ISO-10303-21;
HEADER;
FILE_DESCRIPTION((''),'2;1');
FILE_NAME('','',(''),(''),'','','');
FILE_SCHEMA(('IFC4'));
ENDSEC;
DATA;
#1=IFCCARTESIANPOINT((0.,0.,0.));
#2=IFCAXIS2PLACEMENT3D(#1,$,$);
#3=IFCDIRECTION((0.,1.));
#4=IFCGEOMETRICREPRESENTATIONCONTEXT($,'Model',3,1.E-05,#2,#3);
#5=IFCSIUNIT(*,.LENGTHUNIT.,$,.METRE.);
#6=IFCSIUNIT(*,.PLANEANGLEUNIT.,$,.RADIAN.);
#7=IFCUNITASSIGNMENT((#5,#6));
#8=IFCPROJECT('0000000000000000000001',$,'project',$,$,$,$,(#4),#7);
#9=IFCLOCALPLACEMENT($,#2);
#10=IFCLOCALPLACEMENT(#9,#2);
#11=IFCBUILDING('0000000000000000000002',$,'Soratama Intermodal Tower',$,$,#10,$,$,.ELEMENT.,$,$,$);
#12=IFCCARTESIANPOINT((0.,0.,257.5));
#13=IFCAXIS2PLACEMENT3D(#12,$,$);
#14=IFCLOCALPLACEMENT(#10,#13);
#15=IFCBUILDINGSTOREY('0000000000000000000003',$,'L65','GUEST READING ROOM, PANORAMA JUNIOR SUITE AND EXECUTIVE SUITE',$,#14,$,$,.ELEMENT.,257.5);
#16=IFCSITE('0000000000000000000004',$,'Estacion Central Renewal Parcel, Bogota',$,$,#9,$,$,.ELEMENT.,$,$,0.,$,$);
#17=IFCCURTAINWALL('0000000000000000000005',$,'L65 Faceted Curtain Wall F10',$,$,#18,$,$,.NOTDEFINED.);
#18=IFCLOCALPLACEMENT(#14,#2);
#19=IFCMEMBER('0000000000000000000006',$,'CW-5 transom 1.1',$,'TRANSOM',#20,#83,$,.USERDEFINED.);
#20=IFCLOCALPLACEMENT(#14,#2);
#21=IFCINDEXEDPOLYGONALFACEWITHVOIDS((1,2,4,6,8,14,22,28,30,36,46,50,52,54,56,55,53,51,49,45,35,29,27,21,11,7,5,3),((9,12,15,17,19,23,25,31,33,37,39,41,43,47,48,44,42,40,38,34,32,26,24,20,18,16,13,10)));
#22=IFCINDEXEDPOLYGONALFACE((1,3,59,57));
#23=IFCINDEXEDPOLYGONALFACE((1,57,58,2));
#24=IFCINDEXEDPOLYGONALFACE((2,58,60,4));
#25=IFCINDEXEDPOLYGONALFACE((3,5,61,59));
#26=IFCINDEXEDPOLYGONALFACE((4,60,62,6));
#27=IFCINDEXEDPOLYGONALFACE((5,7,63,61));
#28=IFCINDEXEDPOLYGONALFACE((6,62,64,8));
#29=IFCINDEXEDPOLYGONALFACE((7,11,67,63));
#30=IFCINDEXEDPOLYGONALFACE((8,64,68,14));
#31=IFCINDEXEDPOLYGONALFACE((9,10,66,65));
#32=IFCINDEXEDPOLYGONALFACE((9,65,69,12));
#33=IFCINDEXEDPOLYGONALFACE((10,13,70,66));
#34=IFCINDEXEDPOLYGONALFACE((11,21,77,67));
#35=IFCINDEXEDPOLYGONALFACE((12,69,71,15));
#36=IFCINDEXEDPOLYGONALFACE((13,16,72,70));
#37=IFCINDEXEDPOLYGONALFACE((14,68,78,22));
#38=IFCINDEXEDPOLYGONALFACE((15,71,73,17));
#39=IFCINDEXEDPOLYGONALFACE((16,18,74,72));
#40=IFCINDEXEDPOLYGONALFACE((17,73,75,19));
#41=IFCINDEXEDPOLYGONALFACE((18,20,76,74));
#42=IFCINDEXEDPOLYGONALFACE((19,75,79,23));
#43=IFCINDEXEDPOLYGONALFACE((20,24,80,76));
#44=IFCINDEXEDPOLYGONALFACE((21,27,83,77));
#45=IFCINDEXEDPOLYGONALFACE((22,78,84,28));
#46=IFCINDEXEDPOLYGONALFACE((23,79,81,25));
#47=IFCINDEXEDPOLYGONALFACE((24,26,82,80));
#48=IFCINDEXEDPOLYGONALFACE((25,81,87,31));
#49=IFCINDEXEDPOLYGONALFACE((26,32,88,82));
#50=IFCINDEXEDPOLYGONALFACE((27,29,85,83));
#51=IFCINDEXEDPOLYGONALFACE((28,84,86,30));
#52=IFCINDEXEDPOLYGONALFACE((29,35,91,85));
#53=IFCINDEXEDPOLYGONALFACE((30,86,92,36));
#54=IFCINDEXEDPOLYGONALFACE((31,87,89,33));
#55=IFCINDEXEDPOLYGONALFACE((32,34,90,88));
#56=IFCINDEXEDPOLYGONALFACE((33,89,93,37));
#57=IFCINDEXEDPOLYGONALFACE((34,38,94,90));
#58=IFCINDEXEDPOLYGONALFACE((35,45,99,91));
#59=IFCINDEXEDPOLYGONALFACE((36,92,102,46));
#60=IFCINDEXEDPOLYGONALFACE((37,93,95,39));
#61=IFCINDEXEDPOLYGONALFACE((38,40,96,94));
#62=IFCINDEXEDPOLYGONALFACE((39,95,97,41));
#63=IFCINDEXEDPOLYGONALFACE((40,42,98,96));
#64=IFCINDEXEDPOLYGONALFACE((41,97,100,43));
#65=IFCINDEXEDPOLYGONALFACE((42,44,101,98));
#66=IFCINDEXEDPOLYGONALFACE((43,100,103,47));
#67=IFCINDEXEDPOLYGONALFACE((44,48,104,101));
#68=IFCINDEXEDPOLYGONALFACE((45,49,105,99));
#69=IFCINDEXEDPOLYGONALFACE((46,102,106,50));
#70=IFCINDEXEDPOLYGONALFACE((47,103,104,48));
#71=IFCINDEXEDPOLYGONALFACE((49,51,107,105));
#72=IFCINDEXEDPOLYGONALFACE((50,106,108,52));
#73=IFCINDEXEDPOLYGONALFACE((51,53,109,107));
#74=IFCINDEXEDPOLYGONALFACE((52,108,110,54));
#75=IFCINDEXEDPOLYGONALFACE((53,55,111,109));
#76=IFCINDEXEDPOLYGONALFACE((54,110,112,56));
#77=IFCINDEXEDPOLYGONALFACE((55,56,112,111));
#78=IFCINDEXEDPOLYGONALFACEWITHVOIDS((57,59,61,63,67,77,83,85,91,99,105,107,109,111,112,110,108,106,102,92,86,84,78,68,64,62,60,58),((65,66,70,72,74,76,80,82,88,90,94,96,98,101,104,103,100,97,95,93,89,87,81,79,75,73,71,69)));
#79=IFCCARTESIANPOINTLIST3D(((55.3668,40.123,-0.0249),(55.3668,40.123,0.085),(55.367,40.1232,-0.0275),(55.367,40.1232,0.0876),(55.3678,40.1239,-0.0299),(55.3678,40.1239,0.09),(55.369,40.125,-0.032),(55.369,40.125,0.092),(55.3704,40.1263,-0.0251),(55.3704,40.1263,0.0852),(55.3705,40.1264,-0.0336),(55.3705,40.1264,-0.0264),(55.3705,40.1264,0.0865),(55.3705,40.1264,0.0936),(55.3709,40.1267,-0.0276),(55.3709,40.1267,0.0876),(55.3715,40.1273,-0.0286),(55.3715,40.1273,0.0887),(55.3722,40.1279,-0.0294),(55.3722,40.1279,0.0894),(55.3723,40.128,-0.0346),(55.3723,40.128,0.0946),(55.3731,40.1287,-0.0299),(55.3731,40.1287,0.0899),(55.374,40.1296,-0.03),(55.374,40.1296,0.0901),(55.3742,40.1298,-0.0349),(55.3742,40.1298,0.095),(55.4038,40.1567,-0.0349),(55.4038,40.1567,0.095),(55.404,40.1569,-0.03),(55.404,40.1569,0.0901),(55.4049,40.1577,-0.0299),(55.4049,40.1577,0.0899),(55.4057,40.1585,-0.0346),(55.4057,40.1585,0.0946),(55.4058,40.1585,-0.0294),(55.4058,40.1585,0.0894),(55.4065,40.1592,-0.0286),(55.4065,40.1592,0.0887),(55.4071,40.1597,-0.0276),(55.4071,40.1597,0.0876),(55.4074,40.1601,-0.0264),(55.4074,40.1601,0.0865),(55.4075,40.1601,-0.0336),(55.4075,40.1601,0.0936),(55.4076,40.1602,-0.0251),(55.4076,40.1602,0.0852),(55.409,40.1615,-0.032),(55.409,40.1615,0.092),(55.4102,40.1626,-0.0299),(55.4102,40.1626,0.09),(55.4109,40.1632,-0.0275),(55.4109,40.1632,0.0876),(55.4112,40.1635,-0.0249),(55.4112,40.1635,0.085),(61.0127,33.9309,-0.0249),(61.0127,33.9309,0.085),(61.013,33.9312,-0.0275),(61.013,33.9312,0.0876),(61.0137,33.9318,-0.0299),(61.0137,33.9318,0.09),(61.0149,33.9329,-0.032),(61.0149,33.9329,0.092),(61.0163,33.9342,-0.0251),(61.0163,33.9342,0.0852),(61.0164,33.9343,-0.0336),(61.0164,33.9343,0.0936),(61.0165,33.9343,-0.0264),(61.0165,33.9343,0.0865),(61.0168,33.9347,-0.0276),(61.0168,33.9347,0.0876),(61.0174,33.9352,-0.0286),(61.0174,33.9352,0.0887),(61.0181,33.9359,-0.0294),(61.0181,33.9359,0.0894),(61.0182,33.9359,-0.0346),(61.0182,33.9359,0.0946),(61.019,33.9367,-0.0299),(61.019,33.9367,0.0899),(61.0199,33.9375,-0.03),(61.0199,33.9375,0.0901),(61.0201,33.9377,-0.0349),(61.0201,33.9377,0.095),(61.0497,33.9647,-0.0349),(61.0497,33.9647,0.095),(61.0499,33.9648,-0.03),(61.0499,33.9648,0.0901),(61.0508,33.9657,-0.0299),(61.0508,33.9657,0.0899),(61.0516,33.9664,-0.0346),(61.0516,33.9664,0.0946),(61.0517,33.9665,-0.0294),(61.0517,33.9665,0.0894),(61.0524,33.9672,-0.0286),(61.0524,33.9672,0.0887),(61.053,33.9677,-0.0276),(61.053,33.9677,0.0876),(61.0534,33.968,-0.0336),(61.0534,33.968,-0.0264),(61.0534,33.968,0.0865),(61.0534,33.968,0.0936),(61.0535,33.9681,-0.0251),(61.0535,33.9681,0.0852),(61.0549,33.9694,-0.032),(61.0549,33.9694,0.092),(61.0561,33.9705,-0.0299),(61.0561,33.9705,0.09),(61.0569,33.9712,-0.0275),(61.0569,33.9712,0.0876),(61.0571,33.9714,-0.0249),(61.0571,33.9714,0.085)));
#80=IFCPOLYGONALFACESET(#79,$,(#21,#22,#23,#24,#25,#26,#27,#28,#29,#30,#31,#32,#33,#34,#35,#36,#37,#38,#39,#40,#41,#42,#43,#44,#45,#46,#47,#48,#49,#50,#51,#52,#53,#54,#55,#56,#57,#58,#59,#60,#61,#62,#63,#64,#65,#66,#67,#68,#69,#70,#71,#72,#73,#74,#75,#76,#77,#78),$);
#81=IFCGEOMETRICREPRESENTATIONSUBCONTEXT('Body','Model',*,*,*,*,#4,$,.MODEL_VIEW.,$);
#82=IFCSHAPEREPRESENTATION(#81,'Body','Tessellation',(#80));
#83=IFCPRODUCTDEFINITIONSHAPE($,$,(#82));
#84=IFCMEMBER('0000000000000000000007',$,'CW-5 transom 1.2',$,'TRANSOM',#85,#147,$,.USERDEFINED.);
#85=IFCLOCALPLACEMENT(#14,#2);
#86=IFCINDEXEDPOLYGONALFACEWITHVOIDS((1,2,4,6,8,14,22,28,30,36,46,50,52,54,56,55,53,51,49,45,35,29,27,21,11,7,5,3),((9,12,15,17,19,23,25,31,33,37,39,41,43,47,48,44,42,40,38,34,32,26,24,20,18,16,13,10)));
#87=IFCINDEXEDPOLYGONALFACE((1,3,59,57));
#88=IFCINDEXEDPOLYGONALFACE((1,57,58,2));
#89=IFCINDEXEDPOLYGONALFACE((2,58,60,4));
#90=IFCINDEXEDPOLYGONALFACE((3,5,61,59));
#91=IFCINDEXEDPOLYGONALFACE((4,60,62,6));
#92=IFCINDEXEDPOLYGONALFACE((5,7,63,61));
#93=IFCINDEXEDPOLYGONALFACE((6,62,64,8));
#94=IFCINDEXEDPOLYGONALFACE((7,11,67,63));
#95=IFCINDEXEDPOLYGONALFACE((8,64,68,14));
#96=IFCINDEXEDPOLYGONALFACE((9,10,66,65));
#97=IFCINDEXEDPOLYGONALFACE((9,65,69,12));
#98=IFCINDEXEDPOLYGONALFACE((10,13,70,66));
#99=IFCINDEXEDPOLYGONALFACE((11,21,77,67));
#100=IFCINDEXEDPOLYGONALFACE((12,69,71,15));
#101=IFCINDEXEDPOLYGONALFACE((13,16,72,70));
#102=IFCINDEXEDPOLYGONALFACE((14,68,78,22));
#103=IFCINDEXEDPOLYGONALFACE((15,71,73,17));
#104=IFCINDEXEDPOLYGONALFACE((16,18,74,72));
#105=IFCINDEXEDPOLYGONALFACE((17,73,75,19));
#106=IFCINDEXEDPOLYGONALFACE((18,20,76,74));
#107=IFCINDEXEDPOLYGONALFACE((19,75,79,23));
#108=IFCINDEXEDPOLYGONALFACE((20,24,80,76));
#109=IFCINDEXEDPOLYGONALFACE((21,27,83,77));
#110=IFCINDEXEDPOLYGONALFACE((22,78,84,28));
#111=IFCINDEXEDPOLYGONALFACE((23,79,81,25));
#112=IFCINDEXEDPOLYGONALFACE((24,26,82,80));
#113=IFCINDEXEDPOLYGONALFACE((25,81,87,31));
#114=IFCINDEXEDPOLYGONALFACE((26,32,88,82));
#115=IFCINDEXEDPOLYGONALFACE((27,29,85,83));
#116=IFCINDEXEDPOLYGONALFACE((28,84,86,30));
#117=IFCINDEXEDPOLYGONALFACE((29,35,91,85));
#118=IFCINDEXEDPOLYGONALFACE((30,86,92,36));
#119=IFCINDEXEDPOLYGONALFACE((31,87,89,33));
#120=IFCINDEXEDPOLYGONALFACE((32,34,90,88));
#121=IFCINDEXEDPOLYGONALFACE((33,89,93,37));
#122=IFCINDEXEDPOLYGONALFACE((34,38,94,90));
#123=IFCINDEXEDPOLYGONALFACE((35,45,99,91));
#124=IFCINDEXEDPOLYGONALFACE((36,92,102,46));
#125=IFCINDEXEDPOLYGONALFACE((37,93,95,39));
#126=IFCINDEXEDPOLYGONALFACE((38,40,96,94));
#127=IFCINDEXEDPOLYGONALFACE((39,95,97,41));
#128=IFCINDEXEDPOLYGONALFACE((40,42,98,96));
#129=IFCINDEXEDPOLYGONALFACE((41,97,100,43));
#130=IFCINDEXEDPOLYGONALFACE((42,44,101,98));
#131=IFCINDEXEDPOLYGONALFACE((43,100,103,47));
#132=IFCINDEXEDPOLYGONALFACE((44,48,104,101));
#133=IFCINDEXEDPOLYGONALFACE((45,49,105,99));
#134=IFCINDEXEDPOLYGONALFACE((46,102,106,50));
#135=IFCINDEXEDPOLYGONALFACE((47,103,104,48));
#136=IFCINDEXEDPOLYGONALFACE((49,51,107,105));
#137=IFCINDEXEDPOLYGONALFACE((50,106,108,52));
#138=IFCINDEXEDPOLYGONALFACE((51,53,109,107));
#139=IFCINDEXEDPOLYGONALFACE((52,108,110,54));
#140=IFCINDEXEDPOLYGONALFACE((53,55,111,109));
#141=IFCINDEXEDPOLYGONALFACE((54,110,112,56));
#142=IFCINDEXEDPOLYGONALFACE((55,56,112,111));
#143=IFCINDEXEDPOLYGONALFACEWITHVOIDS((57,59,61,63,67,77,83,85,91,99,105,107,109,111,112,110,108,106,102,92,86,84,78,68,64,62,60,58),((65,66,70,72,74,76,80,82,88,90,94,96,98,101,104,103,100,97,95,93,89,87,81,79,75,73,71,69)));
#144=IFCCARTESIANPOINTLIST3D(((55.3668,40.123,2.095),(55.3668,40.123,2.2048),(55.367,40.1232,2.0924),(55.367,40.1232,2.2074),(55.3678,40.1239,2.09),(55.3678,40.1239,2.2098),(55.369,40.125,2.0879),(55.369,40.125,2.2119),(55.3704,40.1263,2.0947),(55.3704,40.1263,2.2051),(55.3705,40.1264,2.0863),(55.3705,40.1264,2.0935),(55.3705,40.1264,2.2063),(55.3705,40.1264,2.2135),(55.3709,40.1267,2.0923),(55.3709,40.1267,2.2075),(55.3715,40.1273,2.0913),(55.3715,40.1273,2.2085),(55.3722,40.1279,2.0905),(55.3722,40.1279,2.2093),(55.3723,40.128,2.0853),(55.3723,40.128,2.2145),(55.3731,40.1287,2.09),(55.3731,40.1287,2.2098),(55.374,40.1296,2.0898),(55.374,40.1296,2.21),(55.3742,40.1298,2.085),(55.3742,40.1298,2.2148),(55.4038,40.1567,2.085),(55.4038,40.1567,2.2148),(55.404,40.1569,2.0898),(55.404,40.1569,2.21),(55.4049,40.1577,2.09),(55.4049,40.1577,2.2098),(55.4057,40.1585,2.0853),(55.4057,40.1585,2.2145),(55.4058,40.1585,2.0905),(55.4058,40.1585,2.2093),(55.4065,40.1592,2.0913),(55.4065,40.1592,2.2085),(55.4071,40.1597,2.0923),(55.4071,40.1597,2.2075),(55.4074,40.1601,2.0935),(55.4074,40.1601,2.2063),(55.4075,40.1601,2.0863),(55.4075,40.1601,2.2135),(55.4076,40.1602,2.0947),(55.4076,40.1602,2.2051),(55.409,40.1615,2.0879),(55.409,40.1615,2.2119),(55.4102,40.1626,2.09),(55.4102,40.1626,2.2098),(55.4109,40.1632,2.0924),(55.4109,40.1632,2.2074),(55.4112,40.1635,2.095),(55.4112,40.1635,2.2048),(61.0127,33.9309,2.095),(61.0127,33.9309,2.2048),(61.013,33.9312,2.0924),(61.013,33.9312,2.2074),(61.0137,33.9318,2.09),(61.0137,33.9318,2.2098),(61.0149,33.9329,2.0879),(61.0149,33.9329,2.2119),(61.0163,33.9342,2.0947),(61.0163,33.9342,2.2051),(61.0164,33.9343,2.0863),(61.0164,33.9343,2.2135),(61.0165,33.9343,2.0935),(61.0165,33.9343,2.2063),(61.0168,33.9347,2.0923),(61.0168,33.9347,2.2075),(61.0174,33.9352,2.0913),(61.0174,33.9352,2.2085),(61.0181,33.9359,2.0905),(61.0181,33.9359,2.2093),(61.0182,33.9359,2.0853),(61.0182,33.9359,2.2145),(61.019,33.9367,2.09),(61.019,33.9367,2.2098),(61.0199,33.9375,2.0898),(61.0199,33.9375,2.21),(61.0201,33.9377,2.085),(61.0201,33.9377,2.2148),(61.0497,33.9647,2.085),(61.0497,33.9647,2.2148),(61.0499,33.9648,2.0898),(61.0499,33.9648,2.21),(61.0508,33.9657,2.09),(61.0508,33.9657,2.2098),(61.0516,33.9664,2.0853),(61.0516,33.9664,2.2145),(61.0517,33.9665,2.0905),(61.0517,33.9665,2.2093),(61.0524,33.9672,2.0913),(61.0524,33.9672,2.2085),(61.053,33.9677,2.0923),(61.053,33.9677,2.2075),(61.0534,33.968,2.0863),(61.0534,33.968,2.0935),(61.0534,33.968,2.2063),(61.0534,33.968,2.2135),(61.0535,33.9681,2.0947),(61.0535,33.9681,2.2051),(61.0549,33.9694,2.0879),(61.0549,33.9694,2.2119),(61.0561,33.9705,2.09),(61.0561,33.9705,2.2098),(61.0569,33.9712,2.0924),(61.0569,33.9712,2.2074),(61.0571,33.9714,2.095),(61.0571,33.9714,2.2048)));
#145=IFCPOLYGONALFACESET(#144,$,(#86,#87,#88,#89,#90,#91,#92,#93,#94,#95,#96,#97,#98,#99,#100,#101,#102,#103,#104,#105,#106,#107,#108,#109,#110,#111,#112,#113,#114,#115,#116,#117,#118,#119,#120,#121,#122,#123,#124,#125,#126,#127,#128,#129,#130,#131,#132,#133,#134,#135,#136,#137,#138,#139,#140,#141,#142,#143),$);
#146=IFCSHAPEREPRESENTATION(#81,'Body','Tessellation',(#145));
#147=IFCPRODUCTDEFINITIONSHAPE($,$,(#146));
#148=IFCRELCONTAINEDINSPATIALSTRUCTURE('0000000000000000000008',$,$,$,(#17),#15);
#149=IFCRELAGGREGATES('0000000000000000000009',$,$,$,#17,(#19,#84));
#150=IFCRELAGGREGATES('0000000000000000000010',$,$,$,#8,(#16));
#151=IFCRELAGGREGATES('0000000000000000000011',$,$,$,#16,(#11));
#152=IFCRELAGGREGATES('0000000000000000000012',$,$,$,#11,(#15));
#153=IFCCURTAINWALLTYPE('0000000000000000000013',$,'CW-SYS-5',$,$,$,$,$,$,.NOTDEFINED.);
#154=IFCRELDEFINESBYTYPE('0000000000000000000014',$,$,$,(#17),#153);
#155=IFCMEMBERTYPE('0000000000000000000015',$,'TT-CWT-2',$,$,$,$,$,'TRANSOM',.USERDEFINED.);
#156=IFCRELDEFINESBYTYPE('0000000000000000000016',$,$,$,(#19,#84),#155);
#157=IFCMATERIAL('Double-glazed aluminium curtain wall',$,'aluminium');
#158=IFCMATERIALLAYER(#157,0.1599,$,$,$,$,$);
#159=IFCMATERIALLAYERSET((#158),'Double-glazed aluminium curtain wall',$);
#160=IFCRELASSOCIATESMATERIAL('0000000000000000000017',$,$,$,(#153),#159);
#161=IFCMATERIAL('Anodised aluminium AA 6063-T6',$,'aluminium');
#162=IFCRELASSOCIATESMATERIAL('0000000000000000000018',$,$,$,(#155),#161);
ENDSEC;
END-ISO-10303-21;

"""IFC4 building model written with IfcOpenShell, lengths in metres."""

from ifc_helpers import new_model, si_unit, direction, frame, origin, origin_2d, place, context, subcontext, project, spatial, hollow_rectangle, extrude, material, layer, layer_set, material_profile, profile_set, type_object, element, aggregate, save


model = new_model("IFC4")

# Units and contexts
model_context = context("Model", 3, precision=1e-05, world=origin(), true_north=direction((0.0, 1.0)))
body_context = subcontext(model_context, "Body", "Model", "MODEL_VIEW")
ifc_project = project(units=[si_unit("LENGTHUNIT", "METRE"), si_unit("PLANEANGLEUNIT", "RADIAN")], contexts=[model_context])

# Site, building, storey
site_placement = place(None, origin())
site = spatial("IfcSite", under=ifc_project, at=site_placement, Name="Estacion Central Renewal Parcel, Bogota", CompositionType="ELEMENT", RefElevation=0.0)
building_placement = place(site_placement, origin())
building = spatial("IfcBuilding", under=site, at=building_placement, Name="Soratama Intermodal Tower", CompositionType="ELEMENT")
storey_placement = place(building_placement, frame((0.0, 0.0, 257.5)))
storey = spatial("IfcBuildingStorey", under=building, at=storey_placement, Name="L65", Description="GUEST READING ROOM, PANORAMA JUNIOR SUITE AND EXECUTIVE SUITE", CompositionType="ELEMENT", Elevation=257.5)

# Shared definitions
ifc_material_1 = material(Name="Double-glazed aluminium curtain wall", Category="aluminium")
ifc_layer_1 = layer(ifc_material_1, 0.1599)
ifc_layer_set_1 = layer_set([ifc_layer_1], Name="Double-glazed aluminium curtain wall")
curtain_wall_type = type_object("IfcCurtainWallType", Name="CW-SYS-5", PredefinedType="NOTDEFINED", material=ifc_layer_set_1)

# Curtain wall, members
curtain_wall_1_placement = place(storey_placement, origin())
curtain_wall_1 = element("IfcCurtainWall", 1, at=curtain_wall_1_placement, inside=storey, type_object=curtain_wall_type, Name="L65 Faceted Curtain Wall F10", PredefinedType="NOTDEFINED")
ifc_material_2 = material(Name="Anodised aluminium AA 6063-T6", Category="aluminium")
ifc_material_profile_1 = material_profile(ifc_material_2, hollow_rectangle(XDim=0.0601, YDim=0.1299, WallThickness=0.0049, InnerFilletRadius=0.0049, OuterFilletRadius=0.01, at=origin_2d()), Name="CWT130X60X5")
ifc_profile_set_1 = profile_set([ifc_material_profile_1], Name="Anodised aluminium AA 6063-T6")
member_type_1 = type_object("IfcMemberType", Name="TT-CWT-2", ElementType="TRANSOM", PredefinedType="USERDEFINED", material=ifc_profile_set_1)
member_1_placement = place(storey_placement, frame((61.0349, 33.9512, 0.03), z_axis=(-0.673768, 0.738943, 0.0), x_axis=(-0.738943, -0.673768, 0.0)))
member_1 = element("IfcMember", 2, at=member_1_placement, type_object=member_type_1, Name="CW-5 transom 1.1", ObjectType="TRANSOM", PredefinedType="USERDEFINED", context=body_context, shape_type="SweptSolid", body=[
    extrude(hollow_rectangle(XDim=0.0601, YDim=0.1299, WallThickness=0.0049, InnerFilletRadius=0.0049, OuterFilletRadius=0.01, at=origin_2d()), origin(), (0.0, 0.0, 1.0), 8.3796),
])
member_2_placement = place(storey_placement, frame((61.0349, 33.9512, 2.1499), z_axis=(-0.673768, 0.738943, 0.0), x_axis=(-0.738943, -0.673768, 0.0)))
member_2 = element("IfcMember", 3, at=member_2_placement, type_object=member_type_1, Name="CW-5 transom 1.2", ObjectType="TRANSOM", PredefinedType="USERDEFINED", context=body_context, shape_type="SweptSolid", body=[
    extrude(hollow_rectangle(XDim=0.0601, YDim=0.1299, WallThickness=0.0049, InnerFilletRadius=0.0049, OuterFilletRadius=0.01, at=origin_2d()), origin(), (0.0, 0.0, 1.0), 8.3796),
])
aggregate(curtain_wall_1, [member_1, member_2])

save(model, "model.ifc")
